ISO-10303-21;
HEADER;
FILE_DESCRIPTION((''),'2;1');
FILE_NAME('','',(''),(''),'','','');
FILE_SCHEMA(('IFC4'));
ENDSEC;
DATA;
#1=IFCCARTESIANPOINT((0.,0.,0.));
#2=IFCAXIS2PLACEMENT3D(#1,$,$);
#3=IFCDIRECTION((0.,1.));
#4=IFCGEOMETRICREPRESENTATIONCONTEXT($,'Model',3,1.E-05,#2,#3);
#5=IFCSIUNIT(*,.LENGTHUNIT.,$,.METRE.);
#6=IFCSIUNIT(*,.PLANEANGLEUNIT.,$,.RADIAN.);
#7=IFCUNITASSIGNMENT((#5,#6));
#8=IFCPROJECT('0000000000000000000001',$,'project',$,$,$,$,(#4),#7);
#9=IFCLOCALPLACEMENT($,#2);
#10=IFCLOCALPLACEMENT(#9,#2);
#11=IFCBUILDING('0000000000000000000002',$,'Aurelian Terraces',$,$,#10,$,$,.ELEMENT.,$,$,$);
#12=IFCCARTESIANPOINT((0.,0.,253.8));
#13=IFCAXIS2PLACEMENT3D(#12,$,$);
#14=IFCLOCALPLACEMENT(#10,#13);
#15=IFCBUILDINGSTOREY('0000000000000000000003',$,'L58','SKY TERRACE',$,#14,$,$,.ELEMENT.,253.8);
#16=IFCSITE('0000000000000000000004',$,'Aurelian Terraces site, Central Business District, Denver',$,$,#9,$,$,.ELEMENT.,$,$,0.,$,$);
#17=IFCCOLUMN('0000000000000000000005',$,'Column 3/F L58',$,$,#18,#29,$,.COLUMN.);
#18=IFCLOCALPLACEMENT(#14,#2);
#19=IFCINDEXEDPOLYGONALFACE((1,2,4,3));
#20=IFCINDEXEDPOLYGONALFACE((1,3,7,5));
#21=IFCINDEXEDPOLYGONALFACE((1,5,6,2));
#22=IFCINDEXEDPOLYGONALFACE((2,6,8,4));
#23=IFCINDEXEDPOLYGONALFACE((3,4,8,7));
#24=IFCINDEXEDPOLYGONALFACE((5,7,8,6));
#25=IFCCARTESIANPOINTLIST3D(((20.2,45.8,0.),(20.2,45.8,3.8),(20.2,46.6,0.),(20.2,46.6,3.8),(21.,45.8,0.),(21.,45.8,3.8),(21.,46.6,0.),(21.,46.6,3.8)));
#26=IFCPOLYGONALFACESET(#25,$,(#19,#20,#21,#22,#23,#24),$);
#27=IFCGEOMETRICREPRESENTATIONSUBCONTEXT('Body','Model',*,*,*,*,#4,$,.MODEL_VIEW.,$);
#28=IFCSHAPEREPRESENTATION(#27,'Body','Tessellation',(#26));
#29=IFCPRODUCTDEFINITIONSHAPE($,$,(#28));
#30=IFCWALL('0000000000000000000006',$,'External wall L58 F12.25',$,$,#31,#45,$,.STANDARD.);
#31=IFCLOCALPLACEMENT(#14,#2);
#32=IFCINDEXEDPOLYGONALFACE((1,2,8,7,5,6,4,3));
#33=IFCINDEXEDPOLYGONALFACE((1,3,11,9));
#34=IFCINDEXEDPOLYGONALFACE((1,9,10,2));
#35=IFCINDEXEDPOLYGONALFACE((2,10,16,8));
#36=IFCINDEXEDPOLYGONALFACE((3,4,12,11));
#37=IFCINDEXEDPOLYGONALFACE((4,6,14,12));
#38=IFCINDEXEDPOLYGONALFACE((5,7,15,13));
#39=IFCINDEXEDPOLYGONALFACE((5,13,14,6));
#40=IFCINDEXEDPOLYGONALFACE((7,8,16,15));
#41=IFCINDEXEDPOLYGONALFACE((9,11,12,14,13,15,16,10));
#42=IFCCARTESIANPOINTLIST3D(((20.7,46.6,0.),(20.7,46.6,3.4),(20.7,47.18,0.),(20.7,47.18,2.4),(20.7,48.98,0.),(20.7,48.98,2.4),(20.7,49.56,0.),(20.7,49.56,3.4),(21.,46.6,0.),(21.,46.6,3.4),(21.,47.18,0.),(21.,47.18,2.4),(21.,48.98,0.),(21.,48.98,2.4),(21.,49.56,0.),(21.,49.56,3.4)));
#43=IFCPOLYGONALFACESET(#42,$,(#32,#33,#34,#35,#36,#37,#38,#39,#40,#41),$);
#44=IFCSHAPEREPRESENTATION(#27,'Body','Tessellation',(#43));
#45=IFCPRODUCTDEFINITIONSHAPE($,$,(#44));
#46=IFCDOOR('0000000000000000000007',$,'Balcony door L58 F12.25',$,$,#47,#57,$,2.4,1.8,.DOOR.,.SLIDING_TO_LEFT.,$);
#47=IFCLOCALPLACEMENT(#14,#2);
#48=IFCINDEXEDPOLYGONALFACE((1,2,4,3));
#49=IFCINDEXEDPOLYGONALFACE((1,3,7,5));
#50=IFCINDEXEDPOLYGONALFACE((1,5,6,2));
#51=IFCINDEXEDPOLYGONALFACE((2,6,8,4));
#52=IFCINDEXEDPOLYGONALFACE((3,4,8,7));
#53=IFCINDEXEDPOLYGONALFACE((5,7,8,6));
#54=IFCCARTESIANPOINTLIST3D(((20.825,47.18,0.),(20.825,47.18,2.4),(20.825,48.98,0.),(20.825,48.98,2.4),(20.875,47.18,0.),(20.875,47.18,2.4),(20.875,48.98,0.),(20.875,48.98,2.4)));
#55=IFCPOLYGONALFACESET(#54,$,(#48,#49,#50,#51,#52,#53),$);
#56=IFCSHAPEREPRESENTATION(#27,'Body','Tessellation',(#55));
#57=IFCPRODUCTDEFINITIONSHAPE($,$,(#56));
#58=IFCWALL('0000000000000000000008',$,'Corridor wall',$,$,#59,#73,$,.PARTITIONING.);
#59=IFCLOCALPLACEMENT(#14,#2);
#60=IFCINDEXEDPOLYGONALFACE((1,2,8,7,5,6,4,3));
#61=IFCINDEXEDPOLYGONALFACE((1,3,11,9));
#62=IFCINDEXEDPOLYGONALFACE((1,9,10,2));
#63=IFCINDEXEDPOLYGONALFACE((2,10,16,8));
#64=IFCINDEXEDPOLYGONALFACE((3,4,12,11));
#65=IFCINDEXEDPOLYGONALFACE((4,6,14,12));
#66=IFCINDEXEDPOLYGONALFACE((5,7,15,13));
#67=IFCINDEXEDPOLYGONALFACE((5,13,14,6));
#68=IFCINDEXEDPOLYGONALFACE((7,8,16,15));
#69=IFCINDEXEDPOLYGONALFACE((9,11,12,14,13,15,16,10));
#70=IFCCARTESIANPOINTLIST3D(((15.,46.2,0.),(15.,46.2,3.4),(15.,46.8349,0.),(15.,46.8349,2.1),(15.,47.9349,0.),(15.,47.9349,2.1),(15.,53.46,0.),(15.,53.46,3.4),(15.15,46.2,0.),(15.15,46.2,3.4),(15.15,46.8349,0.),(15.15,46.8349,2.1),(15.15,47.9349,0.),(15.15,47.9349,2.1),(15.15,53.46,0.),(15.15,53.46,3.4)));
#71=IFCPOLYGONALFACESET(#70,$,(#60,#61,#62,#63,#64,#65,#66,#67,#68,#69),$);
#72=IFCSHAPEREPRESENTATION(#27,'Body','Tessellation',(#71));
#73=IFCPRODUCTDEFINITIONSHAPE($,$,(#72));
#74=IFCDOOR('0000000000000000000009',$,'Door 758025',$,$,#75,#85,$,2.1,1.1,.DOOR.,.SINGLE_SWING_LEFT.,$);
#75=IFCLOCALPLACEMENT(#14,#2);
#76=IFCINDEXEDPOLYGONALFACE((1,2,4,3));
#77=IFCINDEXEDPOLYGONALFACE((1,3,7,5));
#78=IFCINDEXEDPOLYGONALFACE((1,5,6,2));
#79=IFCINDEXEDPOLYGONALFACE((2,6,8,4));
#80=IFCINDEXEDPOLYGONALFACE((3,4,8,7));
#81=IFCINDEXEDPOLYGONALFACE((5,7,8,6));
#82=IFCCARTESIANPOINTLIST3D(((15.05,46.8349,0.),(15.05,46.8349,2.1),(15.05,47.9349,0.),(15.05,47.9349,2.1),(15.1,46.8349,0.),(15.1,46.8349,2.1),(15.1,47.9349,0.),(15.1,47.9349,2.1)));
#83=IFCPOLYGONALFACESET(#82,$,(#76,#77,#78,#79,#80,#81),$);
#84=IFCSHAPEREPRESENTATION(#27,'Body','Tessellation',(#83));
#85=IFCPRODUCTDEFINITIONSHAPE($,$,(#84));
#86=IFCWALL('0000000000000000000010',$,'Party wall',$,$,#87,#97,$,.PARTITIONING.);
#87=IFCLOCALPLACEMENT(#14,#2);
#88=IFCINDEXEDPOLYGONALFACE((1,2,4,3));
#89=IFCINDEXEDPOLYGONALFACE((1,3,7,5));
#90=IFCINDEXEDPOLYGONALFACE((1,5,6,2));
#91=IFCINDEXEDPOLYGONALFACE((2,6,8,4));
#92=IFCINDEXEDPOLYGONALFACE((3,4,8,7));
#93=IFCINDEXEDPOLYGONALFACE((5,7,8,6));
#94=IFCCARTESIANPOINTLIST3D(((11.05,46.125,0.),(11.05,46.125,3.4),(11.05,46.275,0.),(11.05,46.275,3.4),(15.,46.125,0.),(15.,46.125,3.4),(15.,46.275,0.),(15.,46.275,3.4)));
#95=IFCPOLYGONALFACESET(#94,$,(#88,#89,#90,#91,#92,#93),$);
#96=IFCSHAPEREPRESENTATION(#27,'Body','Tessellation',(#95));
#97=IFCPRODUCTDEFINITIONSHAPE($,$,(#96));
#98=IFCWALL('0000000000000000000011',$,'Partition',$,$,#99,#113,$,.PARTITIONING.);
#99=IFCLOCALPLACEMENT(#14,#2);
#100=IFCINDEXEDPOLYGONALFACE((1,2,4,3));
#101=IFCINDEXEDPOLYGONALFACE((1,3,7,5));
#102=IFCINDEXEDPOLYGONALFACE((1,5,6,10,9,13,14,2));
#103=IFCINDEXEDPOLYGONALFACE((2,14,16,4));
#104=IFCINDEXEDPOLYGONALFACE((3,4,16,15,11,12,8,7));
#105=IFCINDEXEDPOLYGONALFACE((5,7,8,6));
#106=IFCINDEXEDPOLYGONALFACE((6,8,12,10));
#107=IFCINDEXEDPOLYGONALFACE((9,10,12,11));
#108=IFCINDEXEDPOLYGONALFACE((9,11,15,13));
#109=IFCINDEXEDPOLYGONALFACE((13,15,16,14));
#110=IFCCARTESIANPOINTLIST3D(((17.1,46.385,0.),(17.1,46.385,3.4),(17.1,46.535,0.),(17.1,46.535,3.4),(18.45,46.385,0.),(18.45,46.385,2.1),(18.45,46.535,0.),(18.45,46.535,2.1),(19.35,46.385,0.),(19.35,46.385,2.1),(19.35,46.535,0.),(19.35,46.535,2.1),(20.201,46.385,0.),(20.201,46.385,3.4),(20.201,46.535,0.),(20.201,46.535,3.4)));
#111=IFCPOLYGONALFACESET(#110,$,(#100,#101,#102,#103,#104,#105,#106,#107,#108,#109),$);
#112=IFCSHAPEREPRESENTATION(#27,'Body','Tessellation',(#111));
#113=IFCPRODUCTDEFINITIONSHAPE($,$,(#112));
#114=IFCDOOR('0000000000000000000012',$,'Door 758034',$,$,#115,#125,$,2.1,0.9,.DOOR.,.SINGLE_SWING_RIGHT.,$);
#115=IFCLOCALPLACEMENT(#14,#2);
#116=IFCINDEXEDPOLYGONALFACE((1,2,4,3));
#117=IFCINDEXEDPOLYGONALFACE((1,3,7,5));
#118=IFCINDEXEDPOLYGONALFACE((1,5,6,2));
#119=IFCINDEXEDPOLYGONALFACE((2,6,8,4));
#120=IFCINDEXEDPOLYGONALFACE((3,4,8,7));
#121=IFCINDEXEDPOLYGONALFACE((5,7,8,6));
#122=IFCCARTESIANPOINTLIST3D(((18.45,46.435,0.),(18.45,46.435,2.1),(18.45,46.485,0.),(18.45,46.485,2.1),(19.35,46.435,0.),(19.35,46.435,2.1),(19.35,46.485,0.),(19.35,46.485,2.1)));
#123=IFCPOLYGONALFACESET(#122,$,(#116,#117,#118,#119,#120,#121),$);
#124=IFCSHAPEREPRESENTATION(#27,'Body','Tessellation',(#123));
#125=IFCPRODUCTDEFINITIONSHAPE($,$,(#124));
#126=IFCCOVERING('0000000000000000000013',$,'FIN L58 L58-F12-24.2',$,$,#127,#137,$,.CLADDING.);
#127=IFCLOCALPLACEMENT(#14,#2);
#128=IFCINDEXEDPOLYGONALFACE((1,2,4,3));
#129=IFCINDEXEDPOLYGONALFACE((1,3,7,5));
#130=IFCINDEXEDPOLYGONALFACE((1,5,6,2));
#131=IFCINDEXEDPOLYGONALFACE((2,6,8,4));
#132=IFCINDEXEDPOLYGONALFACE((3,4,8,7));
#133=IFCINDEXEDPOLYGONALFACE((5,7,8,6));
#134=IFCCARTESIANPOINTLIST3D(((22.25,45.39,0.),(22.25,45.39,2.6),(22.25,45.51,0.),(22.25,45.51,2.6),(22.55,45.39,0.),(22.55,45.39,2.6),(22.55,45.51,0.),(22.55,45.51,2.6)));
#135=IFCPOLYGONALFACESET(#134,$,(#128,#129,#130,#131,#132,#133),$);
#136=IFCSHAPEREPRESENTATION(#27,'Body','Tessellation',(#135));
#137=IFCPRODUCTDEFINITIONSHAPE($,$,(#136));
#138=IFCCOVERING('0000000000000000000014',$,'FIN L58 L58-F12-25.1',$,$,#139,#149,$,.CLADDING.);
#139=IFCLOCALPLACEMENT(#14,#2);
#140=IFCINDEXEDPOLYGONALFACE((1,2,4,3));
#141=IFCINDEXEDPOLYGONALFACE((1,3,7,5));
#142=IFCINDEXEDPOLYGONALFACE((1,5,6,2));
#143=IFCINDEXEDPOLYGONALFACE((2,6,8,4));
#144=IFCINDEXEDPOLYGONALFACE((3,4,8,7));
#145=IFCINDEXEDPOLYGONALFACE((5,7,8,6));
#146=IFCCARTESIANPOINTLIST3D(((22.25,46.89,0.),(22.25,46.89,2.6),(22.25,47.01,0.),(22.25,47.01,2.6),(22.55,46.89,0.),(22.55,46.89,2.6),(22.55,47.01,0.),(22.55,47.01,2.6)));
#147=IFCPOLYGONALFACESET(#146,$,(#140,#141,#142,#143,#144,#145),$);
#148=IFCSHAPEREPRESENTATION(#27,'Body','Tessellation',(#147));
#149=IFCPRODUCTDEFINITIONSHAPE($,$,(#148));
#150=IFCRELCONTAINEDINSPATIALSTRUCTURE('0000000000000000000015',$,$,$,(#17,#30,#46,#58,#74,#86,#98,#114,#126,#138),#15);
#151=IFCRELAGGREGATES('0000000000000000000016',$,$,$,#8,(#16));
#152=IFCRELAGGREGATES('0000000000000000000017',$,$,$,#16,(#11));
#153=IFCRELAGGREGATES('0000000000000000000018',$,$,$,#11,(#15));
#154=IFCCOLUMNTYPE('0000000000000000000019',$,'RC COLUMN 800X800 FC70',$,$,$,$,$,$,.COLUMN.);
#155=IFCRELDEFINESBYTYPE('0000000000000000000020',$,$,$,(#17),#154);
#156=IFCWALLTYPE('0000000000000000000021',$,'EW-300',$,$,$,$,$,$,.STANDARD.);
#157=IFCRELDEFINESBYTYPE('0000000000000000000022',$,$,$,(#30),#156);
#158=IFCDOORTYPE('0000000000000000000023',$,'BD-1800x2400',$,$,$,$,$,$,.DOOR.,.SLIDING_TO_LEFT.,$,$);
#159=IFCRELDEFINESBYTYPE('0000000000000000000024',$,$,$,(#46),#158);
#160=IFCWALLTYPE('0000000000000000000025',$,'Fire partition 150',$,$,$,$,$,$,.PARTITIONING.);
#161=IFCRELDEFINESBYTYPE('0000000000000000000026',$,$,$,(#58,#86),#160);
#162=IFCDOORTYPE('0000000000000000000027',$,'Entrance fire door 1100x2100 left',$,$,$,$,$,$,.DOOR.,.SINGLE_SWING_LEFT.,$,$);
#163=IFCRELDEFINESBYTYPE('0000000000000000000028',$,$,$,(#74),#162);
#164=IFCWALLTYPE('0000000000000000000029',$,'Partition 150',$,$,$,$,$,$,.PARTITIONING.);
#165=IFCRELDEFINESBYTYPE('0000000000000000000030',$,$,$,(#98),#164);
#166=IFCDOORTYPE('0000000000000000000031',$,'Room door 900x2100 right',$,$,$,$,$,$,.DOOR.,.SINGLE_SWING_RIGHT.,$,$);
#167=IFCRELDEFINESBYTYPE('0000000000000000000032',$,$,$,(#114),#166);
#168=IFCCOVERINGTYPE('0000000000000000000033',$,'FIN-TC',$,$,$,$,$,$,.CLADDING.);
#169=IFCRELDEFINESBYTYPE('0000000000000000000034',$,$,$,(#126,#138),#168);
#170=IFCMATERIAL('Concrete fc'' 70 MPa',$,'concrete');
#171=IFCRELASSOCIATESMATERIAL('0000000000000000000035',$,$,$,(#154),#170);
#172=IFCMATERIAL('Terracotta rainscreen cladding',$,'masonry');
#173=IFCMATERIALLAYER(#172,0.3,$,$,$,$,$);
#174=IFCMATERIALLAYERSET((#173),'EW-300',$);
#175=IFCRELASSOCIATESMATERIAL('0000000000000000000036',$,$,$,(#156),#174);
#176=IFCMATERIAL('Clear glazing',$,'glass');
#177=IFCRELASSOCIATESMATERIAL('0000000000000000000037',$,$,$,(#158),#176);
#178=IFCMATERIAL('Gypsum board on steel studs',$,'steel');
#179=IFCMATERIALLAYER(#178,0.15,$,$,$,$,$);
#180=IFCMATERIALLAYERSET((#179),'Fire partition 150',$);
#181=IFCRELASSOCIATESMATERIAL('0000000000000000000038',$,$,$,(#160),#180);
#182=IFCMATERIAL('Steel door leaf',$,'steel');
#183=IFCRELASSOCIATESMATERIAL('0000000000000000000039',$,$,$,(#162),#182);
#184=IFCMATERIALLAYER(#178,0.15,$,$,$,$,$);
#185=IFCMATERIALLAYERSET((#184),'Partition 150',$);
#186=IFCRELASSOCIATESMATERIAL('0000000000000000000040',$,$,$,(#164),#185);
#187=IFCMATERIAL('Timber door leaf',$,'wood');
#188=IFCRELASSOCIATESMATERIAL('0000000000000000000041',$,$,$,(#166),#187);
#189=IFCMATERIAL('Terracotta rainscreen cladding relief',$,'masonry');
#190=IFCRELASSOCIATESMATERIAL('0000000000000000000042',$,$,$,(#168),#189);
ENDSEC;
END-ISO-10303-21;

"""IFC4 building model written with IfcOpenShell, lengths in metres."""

from ifc_helpers import new_model, si_unit, direction, frame, frame_2d, origin, origin_2d, place, context, subcontext, project, spatial, rectangle, extrude, source, transform, mapped, material, layer, layer_set, material_profile, profile_set, type_object, element, fill, save


model = new_model("IFC4")

# Units and contexts
model_context = context("Model", 3, precision=1e-05, world=origin(), true_north=direction((0.0, 1.0)))
body_context = subcontext(model_context, "Body", "Model", "MODEL_VIEW")
ifc_project = project(units=[si_unit("LENGTHUNIT", "METRE"), si_unit("PLANEANGLEUNIT", "RADIAN")], contexts=[model_context])

# Site, building, storey
site_placement = place(None, origin())
site = spatial("IfcSite", under=ifc_project, at=site_placement, Name="Aurelian Terraces site, Central Business District, Denver", CompositionType="ELEMENT", RefElevation=0.0)
building_placement = place(site_placement, origin())
building = spatial("IfcBuilding", under=site, at=building_placement, Name="Aurelian Terraces", CompositionType="ELEMENT")
storey_placement = place(building_placement, frame((0.0, 0.0, 253.8)))
storey = spatial("IfcBuildingStorey", under=building, at=storey_placement, Name="L58", Description="SKY TERRACE", CompositionType="ELEMENT", Elevation=253.8)

# Column
ifc_material_1 = material(Name="Concrete fc' 70 MPa", Category="concrete")
ifc_material_profile = material_profile(ifc_material_1, rectangle(XDim=0.8, YDim=0.8, at=origin_2d()))
ifc_profile_set = profile_set([ifc_material_profile], Name="Concrete fc' 70 MPa")
column_type = type_object("IfcColumnType", Name="RC COLUMN 800X800 FC70", PredefinedType="COLUMN", material=ifc_profile_set)
shared_shape_1 = source(origin(), body_context, "Body", "SweptSolid", [
    extrude(rectangle(XDim=0.8, YDim=0.8, at=origin_2d()), origin(), (0.0, 0.0, 1.0), 3.8),
])
column_placement = place(storey_placement, frame((20.6, 46.2, 0.0), z_axis=(0.0, 0.0, 1.0), x_axis=(1.0, 0.0, 0.0)))
element("IfcColumn", 1, at=column_placement, inside=storey, type_object=column_type, Name="Column 3/F L58", PredefinedType="COLUMN", context=body_context, shape_type="MappedRepresentation", body=[
    mapped(shared_shape_1, transform((0.0, 0.0, 0.0), scale=1.0)),
])

# Walls, openings, doors
ifc_material_2 = material(Name="Terracotta rainscreen cladding", Category="masonry")
ifc_layer_1 = layer(ifc_material_2, 0.3)
ifc_layer_set_1 = layer_set([ifc_layer_1], Name="EW-300")
wall_type_1 = type_object("IfcWallType", Name="EW-300", PredefinedType="STANDARD", material=ifc_layer_set_1)
shared_shape_2 = source(origin(), body_context, "Body", "SweptSolid", [
    extrude(rectangle(XDim=2.96, YDim=0.3, at=frame_2d((1.48, 0.0))), origin(), (0.0, 0.0, 1.0), 3.4),
])
wall_1_placement = place(storey_placement, frame((20.85, 46.6, 0.0), z_axis=(0.0, 0.0, 1.0), x_axis=(0.0, 1.0, 0.0)))
wall_1 = element("IfcWall", 2, at=wall_1_placement, inside=storey, type_object=wall_type_1, Name="External wall L58 F12.25", PredefinedType="STANDARD", context=body_context, shape_type="MappedRepresentation", body=[
    mapped(shared_shape_2, transform((0.0, 0.0, 0.0), scale=1.0)),
])
shared_shape_3 = source(origin(), body_context, "Body", "SweptSolid", [
    extrude(rectangle(XDim=1.8, YDim=2.4, at=frame_2d((0.9, 1.2))), frame((0.0, 0.16, 0.0), z_axis=(0.0, -1.0, 0.0), x_axis=(1.0, 0.0, 0.0)), (0.0, 0.0, 1.0), 0.32),
])
opening_1_placement = place(wall_1_placement, frame((0.58, 0.0, 0.0)))
opening_1 = element("IfcOpeningElement", 3, at=opening_1_placement, cuts=wall_1, PredefinedType="OPENING", context=body_context, shape_type="MappedRepresentation", body=[
    mapped(shared_shape_3, transform((0.0, 0.0, 0.0), scale=1.0)),
])
ifc_material_3 = material(Name="Clear glazing", Category="glass")
door_type_1 = type_object("IfcDoorType", Name="BD-1800x2400", OperationType="SLIDING_TO_LEFT", PredefinedType="DOOR", material=ifc_material_3)
shared_shape_4 = source(origin(), body_context, "Body", "SweptSolid", [
    extrude(rectangle(XDim=1.8, YDim=2.4, at=frame_2d((0.9, 1.2))), frame((0.0, 0.025, 0.0), z_axis=(0.0, -1.0, 0.0), x_axis=(1.0, 0.0, 0.0)), (0.0, 0.0, 1.0), 0.05),
])
door_1_placement = place(opening_1_placement, origin())
door_1 = element("IfcDoor", 4, at=door_1_placement, inside=storey, type_object=door_type_1, Name="Balcony door L58 F12.25", OperationType="SLIDING_TO_LEFT", OverallHeight=2.4, OverallWidth=1.8, PredefinedType="DOOR", context=body_context, shape_type="MappedRepresentation", body=[
    mapped(shared_shape_4, transform((0.0, 0.0, 0.0), scale=1.0)),
])
fill(opening_1, door_1)
ifc_material_4 = material(Name="Gypsum board on steel studs", Category="steel")
ifc_layer_2 = layer(ifc_material_4, 0.15)
ifc_layer_set_2 = layer_set([ifc_layer_2], Name="Fire partition 150")
wall_type_2 = type_object("IfcWallType", Name="Fire partition 150", PredefinedType="PARTITIONING", material=ifc_layer_set_2)
shared_shape_5 = source(origin(), body_context, "Body", "SweptSolid", [
    extrude(rectangle(XDim=7.26, YDim=0.15, at=frame_2d((3.63, 0.0))), origin(), (0.0, 0.0, 1.0), 3.4),
])
wall_2_placement = place(storey_placement, frame((15.075, 46.2, 0.0), z_axis=(0.0, 0.0, 1.0), x_axis=(0.0, 1.0, 0.0)))
wall_2 = element("IfcWall", 5, at=wall_2_placement, inside=storey, type_object=wall_type_2, Name="Corridor wall", PredefinedType="PARTITIONING", context=body_context, shape_type="MappedRepresentation", body=[
    mapped(shared_shape_5, transform((0.0, 0.0, 0.0), scale=1.0)),
])
shared_shape_6 = source(origin(), body_context, "Body", "SweptSolid", [
    extrude(rectangle(XDim=1.1, YDim=2.1, at=frame_2d((0.55, 1.05))), frame((0.0, 0.085, 0.0), z_axis=(0.0, -1.0, 0.0), x_axis=(1.0, 0.0, 0.0)), (0.0, 0.0, 1.0), 0.17),
])
opening_2_placement = place(wall_2_placement, frame((0.6349, 0.0, 0.0)))
opening_2 = element("IfcOpeningElement", 6, at=opening_2_placement, cuts=wall_2, PredefinedType="OPENING", context=body_context, shape_type="MappedRepresentation", body=[
    mapped(shared_shape_6, transform((0.0, 0.0, 0.0), scale=1.0)),
])
ifc_material_5 = material(Name="Steel door leaf", Category="steel")
door_type_2 = type_object("IfcDoorType", Name="Entrance fire door 1100x2100 left", OperationType="SINGLE_SWING_LEFT", PredefinedType="DOOR", material=ifc_material_5)
shared_shape_7 = source(origin(), body_context, "Body", "SweptSolid", [
    extrude(rectangle(XDim=1.1, YDim=2.1, at=frame_2d((0.55, 1.05))), frame((0.0, 0.025, 0.0), z_axis=(0.0, -1.0, 0.0), x_axis=(1.0, 0.0, 0.0)), (0.0, 0.0, 1.0), 0.05),
])
door_2_placement = place(opening_2_placement, origin())
door_2 = element("IfcDoor", 7, at=door_2_placement, inside=storey, type_object=door_type_2, Name="Door 758025", OperationType="SINGLE_SWING_LEFT", OverallHeight=2.1, OverallWidth=1.1, PredefinedType="DOOR", context=body_context, shape_type="MappedRepresentation", body=[
    mapped(shared_shape_7, transform((0.0, 0.0, 0.0), scale=1.0)),
])
fill(opening_2, door_2)

# Wall
shared_shape_8 = source(origin(), body_context, "Body", "SweptSolid", [
    extrude(rectangle(XDim=3.95, YDim=0.15, at=frame_2d((1.975, 0.0))), origin(), (0.0, 0.0, 1.0), 3.4),
])
wall_3_placement = place(storey_placement, frame((15.0, 46.2, 0.0), z_axis=(0.0, 0.0, 1.0), x_axis=(-1.0, 0.0, 0.0)))
element("IfcWall", 8, at=wall_3_placement, inside=storey, type_object=wall_type_2, Name="Party wall", PredefinedType="PARTITIONING", context=body_context, shape_type="MappedRepresentation", body=[
    mapped(shared_shape_8, transform((0.0, 0.0, 0.0), scale=1.0)),
])

# Wall, opening, door
ifc_layer_3 = layer(ifc_material_4, 0.15)
ifc_layer_set_3 = layer_set([ifc_layer_3], Name="Partition 150")
wall_type_3 = type_object("IfcWallType", Name="Partition 150", PredefinedType="PARTITIONING", material=ifc_layer_set_3)
shared_shape_9 = source(origin(), body_context, "Body", "SweptSolid", [
    extrude(rectangle(XDim=3.101, YDim=0.15, at=frame_2d((1.5505, 0.0))), origin(), (0.0, 0.0, 1.0), 3.4),
])
wall_4_placement = place(storey_placement, frame((17.1, 46.46, 0.0), z_axis=(0.0, 0.0, 1.0), x_axis=(1.0, 0.0, 0.0)))
wall_4 = element("IfcWall", 9, at=wall_4_placement, inside=storey, type_object=wall_type_3, Name="Partition", PredefinedType="PARTITIONING", context=body_context, shape_type="MappedRepresentation", body=[
    mapped(shared_shape_9, transform((0.0, 0.0, 0.0), scale=1.0)),
])
shared_shape_10 = source(origin(), body_context, "Body", "SweptSolid", [
    extrude(rectangle(XDim=0.9, YDim=2.1, at=frame_2d((0.45, 1.05))), frame((0.0, 0.085, 0.0), z_axis=(0.0, -1.0, 0.0), x_axis=(1.0, 0.0, 0.0)), (0.0, 0.0, 1.0), 0.17),
])
opening_3_placement = place(wall_4_placement, frame((1.35, 0.0, 0.0)))
opening_3 = element("IfcOpeningElement", 10, at=opening_3_placement, cuts=wall_4, PredefinedType="OPENING", context=body_context, shape_type="MappedRepresentation", body=[
    mapped(shared_shape_10, transform((0.0, 0.0, 0.0), scale=1.0)),
])
ifc_material_6 = material(Name="Timber door leaf", Category="wood")
door_type_3 = type_object("IfcDoorType", Name="Room door 900x2100 right", OperationType="SINGLE_SWING_RIGHT", PredefinedType="DOOR", material=ifc_material_6)
shared_shape_11 = source(origin(), body_context, "Body", "SweptSolid", [
    extrude(rectangle(XDim=0.9, YDim=2.1, at=frame_2d((0.45, 1.05))), frame((0.0, 0.025, 0.0), z_axis=(0.0, -1.0, 0.0), x_axis=(1.0, 0.0, 0.0)), (0.0, 0.0, 1.0), 0.05),
])
door_3_placement = place(opening_3_placement, origin())
door_3 = element("IfcDoor", 11, at=door_3_placement, inside=storey, type_object=door_type_3, Name="Door 758034", OperationType="SINGLE_SWING_RIGHT", OverallHeight=2.1, OverallWidth=0.9, PredefinedType="DOOR", context=body_context, shape_type="MappedRepresentation", body=[
    mapped(shared_shape_11, transform((0.0, 0.0, 0.0), scale=1.0)),
])
fill(opening_3, door_3)

# Coverings
ifc_material_7 = material(Name="Terracotta rainscreen cladding relief", Category="masonry")
covering_type_1 = type_object("IfcCoveringType", Name="FIN-TC", PredefinedType="CLADDING", material=ifc_material_7)
shared_shape_12 = source(origin(), body_context, "Body", "SweptSolid", [
    extrude(rectangle(XDim=0.3, YDim=0.12, at=origin_2d()), origin(), (0.0, 0.0, 1.0), 2.6),
])
for number, where, z_axis, x_axis, name in (
    (12, (22.4, 45.45, 0.0), (0.0, 0.0, 1.0), (1.0, 0.0, 0.0), "FIN L58 L58-F12-24.2"),
    (13, (22.4, 46.95, 0.0), (0.0, 0.0, 1.0), (1.0, 0.0, 0.0), "FIN L58 L58-F12-25.1"),
):
    element("IfcCovering", number, at=place(storey_placement, frame(where, z_axis=z_axis, x_axis=x_axis)), inside=storey, type_object=covering_type_1, Name=name, PredefinedType="CLADDING", context=body_context, shape_type="MappedRepresentation", body=[
        mapped(shared_shape_12, transform((0.0, 0.0, 0.0), scale=1.0)),
    ])

save(model, "model.ifc")
